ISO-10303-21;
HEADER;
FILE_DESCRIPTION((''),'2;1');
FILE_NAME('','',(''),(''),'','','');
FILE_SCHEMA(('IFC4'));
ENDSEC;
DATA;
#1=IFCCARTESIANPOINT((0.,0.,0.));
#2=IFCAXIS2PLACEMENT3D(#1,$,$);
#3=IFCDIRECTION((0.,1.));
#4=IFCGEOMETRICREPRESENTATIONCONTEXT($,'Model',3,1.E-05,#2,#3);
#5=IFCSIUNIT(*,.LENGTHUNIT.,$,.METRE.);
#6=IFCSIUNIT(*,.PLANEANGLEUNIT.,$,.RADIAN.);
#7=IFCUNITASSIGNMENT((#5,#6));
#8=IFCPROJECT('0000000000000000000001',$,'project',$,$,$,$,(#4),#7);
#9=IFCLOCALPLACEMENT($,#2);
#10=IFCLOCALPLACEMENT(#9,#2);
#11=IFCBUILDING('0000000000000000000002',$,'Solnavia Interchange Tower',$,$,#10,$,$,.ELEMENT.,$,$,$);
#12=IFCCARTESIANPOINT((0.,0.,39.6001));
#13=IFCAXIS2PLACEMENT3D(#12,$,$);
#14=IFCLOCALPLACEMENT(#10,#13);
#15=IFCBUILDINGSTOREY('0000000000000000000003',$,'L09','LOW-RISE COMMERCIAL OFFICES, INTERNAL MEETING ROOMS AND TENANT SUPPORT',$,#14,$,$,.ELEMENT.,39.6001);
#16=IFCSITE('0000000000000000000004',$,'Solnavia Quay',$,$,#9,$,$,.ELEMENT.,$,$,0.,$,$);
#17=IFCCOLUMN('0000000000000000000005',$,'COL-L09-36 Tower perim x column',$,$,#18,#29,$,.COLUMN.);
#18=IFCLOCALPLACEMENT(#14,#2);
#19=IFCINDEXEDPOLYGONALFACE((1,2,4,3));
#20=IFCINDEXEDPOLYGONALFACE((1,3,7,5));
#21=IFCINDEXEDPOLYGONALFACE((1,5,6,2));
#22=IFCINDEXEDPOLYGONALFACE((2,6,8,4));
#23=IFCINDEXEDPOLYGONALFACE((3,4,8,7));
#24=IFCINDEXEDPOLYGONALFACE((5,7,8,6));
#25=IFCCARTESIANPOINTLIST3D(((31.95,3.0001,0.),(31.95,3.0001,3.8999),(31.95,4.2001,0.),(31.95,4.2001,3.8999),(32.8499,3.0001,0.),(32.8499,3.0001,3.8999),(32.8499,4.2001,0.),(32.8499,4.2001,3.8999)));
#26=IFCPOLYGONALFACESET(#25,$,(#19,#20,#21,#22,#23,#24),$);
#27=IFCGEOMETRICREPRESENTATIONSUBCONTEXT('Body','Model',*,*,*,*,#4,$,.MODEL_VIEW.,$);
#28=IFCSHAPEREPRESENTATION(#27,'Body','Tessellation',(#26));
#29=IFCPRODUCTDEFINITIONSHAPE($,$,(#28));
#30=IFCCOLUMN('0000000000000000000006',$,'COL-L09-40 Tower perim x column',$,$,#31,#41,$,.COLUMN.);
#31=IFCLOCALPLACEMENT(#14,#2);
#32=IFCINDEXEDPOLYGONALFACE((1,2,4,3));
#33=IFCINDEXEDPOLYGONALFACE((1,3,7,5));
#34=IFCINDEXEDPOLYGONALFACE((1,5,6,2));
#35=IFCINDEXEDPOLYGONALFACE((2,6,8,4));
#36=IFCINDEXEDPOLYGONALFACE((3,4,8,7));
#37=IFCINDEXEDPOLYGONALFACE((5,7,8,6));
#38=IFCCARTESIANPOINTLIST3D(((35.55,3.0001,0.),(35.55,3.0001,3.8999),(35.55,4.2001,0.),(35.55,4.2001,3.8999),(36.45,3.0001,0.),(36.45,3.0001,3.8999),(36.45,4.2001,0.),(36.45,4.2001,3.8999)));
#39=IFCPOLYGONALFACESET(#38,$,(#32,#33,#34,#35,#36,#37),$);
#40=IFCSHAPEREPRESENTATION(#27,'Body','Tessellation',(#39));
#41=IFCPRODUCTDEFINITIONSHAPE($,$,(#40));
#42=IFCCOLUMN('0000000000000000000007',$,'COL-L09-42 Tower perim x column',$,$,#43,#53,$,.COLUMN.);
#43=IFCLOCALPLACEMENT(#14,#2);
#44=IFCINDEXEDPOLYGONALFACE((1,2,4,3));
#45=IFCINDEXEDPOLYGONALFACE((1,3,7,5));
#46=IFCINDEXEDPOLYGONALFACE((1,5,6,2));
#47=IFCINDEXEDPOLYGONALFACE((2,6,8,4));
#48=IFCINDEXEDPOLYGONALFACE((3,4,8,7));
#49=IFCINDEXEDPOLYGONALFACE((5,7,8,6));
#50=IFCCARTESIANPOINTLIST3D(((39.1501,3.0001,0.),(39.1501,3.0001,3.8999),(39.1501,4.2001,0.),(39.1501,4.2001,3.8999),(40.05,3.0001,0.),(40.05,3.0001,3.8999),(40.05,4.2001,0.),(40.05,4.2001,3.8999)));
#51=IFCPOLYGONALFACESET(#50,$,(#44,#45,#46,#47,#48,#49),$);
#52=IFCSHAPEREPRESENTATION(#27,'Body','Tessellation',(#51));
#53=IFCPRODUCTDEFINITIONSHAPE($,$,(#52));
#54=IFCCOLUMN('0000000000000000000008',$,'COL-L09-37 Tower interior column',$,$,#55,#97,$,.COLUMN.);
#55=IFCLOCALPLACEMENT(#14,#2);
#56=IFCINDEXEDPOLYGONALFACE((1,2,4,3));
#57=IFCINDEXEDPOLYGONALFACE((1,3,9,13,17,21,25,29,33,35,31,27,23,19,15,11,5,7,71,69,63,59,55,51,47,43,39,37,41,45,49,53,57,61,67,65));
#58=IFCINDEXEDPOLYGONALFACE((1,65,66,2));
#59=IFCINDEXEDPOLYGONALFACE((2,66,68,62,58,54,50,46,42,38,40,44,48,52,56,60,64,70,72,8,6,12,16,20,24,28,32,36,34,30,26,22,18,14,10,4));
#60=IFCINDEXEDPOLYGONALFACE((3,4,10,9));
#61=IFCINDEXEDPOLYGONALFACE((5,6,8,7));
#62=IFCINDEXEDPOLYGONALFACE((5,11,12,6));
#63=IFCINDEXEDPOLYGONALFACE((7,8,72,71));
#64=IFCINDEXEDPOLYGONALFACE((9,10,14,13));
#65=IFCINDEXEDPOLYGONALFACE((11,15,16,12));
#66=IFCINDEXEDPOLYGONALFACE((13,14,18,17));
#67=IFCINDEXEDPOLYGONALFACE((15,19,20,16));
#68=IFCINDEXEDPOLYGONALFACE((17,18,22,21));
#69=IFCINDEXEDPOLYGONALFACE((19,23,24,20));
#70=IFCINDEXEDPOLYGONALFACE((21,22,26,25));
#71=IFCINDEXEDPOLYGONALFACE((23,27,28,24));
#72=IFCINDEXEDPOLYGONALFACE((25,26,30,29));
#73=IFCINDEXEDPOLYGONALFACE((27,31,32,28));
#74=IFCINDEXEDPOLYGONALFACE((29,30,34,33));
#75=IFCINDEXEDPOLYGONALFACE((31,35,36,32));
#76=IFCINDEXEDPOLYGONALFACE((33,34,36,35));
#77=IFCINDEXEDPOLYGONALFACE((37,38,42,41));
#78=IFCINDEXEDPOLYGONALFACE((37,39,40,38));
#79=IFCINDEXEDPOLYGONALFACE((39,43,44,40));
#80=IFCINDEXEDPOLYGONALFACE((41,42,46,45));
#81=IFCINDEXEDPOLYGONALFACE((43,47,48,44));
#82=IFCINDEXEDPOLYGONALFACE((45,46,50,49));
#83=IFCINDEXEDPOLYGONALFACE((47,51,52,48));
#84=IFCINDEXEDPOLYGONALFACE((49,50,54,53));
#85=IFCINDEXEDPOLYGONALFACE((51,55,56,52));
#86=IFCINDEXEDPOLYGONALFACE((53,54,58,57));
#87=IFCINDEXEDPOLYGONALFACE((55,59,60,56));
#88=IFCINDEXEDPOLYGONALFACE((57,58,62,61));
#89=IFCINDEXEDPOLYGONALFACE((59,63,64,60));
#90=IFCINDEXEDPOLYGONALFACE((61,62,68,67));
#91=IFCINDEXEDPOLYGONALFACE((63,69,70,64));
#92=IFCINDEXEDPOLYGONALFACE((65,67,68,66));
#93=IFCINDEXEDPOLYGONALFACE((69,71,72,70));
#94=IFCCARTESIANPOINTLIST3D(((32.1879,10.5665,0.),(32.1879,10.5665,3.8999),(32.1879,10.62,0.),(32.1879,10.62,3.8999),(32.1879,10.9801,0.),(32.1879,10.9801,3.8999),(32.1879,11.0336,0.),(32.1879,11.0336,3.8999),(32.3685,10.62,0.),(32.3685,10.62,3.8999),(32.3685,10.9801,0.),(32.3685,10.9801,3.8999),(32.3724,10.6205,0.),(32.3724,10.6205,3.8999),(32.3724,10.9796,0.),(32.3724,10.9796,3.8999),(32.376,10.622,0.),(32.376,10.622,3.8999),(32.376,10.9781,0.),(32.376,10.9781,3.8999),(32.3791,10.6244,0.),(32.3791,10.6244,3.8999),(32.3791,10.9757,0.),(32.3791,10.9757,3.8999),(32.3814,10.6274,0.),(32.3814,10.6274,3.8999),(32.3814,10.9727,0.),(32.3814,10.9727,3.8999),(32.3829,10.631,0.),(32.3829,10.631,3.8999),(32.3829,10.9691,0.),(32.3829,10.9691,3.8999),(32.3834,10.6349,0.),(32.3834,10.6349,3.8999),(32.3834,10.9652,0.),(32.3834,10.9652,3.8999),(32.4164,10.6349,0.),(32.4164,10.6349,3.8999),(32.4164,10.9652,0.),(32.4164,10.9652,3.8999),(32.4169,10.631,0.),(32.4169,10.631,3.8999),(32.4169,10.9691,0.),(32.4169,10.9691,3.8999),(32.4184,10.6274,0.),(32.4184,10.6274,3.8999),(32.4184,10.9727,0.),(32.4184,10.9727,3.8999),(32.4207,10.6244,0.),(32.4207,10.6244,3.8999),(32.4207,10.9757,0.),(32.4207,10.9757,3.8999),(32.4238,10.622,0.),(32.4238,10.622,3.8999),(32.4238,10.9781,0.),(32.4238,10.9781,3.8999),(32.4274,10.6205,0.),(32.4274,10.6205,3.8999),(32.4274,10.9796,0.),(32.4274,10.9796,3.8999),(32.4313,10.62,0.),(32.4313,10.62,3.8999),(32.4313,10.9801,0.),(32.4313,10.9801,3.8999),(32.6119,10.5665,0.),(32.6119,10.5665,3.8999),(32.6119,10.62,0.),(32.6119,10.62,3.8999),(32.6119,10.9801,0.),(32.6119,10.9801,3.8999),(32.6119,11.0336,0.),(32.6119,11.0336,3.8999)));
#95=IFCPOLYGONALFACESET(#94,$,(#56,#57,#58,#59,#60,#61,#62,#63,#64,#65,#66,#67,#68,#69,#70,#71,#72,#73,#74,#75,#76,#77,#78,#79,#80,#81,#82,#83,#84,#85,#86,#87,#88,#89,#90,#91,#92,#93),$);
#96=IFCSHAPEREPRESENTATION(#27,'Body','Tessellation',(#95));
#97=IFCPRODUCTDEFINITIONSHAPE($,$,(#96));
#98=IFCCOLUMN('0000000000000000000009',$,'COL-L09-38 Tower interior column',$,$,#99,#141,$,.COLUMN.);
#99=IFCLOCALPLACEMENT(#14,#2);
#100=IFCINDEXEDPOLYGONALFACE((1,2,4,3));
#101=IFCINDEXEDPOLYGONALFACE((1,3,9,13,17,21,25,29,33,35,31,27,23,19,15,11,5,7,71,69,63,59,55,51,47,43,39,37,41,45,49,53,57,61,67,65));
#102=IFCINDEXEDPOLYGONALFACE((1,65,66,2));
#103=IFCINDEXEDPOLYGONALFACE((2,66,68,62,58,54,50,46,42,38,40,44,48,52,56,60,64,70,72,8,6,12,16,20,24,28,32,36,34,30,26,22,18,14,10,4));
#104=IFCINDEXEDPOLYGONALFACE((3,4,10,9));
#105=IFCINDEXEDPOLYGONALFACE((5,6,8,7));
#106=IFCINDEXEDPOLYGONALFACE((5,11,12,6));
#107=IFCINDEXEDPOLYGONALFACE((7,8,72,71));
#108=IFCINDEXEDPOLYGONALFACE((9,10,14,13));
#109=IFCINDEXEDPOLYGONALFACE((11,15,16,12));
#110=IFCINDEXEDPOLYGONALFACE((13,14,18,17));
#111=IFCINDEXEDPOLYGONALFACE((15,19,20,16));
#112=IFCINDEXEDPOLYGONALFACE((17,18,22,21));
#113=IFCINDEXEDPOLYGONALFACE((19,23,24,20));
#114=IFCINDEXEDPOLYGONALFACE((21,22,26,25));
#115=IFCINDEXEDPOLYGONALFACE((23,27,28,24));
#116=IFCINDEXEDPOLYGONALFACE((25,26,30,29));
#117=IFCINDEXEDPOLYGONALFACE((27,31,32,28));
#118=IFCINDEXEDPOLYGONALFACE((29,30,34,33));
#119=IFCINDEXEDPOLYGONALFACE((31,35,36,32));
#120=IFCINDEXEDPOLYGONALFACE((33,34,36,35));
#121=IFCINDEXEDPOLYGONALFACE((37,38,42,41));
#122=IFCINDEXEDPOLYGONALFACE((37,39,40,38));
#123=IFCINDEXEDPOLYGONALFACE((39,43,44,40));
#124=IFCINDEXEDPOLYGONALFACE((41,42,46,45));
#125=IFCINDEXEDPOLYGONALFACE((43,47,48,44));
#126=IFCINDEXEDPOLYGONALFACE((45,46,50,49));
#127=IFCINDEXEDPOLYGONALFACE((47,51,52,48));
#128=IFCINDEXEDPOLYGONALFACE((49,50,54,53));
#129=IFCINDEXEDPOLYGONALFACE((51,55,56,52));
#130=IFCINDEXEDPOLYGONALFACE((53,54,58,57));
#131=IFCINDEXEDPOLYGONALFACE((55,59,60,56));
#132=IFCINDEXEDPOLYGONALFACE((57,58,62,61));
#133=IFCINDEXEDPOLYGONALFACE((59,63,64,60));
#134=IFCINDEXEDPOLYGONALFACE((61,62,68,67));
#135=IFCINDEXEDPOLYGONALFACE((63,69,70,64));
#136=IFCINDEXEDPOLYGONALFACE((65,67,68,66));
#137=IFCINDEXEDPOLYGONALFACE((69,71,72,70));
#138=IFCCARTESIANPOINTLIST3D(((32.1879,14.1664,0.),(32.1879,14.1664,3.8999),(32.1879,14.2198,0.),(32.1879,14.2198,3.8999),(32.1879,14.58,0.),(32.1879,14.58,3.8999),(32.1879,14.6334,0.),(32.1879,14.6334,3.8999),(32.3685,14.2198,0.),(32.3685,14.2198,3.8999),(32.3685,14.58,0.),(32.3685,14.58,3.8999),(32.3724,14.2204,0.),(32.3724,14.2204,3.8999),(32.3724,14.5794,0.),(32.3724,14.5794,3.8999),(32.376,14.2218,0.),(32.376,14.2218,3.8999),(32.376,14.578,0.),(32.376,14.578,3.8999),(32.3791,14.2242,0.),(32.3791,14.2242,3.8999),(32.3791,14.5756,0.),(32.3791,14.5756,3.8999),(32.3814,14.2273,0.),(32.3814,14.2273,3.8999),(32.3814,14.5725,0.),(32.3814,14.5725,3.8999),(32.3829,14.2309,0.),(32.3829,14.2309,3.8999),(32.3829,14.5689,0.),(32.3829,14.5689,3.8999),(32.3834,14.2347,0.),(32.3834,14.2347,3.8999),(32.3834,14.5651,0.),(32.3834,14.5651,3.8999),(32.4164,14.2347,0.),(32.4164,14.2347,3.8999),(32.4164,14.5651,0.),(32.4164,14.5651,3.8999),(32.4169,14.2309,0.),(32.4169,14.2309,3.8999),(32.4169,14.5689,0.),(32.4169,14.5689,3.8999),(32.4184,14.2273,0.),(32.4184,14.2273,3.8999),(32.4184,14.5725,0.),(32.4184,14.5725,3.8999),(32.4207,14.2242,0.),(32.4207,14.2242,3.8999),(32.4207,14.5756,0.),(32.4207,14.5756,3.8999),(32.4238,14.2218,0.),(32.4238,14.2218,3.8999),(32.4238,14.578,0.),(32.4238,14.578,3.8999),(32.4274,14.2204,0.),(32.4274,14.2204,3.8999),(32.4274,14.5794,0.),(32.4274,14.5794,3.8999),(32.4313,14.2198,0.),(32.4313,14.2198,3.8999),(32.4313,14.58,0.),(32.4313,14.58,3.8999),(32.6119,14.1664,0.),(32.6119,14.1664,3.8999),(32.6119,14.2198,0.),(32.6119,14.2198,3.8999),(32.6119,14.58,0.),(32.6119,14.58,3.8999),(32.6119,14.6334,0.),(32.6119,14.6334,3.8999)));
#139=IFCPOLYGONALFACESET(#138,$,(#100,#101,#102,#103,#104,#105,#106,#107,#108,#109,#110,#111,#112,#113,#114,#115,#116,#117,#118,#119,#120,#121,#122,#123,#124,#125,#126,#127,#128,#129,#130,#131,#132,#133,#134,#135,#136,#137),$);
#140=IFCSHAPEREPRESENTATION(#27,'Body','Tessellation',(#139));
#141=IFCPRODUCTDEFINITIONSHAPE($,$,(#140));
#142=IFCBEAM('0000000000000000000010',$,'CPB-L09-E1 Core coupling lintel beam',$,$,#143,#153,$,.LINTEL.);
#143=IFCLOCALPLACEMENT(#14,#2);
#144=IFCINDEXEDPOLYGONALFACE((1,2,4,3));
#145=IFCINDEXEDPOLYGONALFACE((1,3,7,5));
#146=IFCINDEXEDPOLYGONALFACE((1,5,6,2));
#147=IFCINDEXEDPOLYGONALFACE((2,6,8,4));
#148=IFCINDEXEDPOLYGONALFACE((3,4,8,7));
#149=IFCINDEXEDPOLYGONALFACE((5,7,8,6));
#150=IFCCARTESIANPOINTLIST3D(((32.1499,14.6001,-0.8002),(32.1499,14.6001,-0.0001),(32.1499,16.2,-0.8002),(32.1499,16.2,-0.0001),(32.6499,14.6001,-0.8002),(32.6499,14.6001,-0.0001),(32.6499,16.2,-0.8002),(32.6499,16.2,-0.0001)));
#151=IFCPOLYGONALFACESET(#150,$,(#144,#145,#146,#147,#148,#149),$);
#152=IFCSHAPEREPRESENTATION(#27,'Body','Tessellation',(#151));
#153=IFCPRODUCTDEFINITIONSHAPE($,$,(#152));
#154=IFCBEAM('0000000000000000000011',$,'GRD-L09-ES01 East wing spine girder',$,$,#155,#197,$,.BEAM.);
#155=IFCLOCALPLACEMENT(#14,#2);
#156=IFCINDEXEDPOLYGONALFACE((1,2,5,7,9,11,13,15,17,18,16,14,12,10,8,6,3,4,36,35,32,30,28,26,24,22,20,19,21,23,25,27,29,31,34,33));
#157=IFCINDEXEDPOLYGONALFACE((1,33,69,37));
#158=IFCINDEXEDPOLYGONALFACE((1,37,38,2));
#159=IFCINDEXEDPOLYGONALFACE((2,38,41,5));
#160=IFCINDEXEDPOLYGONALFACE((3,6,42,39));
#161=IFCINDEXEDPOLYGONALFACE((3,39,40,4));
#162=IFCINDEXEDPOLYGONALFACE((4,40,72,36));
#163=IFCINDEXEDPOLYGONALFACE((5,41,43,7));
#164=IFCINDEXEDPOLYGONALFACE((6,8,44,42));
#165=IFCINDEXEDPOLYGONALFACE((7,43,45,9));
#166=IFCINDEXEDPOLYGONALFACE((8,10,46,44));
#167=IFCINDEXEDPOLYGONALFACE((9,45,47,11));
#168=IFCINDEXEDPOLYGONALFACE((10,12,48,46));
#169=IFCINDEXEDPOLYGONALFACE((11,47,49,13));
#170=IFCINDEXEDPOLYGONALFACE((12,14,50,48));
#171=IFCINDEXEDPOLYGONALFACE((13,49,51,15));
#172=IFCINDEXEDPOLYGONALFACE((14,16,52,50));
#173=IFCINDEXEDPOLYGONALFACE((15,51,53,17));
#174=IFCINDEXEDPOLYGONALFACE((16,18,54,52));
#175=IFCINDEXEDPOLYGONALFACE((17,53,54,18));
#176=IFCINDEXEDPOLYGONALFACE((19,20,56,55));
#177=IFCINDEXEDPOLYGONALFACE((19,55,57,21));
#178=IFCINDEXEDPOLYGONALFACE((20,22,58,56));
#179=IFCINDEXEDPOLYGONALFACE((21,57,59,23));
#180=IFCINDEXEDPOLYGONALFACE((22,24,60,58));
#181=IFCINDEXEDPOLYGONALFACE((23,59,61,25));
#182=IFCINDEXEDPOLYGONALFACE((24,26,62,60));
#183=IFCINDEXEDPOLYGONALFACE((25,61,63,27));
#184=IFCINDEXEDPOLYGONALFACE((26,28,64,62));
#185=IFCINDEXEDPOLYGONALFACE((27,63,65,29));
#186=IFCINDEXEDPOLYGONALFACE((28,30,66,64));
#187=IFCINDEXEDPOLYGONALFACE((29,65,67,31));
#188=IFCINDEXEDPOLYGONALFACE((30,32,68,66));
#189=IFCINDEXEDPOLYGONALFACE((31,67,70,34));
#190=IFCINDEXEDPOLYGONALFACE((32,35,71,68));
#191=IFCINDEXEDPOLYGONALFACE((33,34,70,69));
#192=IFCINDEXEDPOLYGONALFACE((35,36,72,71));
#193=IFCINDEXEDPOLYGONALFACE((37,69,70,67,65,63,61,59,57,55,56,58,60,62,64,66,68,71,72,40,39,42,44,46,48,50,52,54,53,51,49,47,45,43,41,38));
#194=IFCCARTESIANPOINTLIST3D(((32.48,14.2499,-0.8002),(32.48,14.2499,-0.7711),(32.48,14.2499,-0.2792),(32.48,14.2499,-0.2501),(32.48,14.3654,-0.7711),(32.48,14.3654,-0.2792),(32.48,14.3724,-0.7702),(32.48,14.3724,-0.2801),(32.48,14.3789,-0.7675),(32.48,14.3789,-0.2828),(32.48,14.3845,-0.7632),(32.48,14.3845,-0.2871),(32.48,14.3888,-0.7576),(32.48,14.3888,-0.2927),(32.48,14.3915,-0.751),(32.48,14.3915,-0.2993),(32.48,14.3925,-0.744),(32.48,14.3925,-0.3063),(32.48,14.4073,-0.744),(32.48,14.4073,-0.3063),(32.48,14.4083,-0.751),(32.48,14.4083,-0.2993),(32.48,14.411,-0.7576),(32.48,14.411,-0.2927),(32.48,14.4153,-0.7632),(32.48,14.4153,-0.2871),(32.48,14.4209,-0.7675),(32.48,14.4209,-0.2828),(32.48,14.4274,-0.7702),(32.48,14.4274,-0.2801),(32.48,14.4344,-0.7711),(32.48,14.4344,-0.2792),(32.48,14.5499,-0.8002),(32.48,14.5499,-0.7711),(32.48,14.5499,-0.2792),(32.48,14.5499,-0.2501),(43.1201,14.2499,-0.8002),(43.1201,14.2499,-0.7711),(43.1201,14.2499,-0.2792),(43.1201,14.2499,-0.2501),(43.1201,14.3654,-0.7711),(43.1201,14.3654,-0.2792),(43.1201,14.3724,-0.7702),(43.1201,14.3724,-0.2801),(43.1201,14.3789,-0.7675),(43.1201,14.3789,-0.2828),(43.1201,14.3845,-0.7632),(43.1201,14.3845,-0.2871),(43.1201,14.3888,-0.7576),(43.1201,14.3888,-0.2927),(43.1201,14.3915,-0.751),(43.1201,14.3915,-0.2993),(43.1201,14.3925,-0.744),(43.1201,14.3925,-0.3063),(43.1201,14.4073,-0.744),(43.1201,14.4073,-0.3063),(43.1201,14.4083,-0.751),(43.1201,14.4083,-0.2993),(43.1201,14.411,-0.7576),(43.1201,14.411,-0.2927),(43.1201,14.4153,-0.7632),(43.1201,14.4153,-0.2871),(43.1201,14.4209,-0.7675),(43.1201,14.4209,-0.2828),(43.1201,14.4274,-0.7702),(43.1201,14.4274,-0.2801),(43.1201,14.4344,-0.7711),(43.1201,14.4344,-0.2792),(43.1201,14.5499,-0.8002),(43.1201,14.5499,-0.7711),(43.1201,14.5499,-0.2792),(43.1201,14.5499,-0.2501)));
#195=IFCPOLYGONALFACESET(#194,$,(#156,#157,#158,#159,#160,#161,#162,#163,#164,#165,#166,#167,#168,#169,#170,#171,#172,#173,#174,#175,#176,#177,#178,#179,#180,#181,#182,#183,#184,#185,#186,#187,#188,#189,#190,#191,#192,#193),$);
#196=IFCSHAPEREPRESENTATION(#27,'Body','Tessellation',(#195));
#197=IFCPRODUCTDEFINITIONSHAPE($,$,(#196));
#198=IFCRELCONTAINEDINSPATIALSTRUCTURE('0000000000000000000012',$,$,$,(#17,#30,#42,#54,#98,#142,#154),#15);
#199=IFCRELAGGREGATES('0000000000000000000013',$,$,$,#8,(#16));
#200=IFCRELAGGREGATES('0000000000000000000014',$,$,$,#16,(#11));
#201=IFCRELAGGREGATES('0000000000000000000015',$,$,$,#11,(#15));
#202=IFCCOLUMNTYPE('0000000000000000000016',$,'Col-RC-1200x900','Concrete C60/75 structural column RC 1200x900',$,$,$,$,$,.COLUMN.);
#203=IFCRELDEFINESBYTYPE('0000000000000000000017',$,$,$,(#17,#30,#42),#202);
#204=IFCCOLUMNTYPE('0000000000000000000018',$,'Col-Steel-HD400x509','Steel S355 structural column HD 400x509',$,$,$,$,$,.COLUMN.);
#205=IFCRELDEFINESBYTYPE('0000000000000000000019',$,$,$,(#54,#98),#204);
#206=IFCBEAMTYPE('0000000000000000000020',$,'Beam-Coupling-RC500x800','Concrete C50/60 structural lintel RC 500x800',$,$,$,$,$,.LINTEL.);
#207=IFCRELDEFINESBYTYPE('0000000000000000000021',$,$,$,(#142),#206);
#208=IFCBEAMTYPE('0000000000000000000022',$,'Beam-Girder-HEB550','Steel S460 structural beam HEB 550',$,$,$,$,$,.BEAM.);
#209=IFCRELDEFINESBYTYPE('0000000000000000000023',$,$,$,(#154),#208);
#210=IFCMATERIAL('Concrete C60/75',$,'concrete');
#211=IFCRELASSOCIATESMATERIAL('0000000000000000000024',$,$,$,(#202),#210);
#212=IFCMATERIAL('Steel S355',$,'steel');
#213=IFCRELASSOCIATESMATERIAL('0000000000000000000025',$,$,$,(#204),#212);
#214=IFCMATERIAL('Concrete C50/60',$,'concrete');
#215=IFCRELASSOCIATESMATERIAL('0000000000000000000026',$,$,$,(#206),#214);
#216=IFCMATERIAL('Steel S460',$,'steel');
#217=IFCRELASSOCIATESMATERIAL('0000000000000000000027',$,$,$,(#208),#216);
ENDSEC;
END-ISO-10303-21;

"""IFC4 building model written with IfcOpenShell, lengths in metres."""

from ifc_helpers import new_model, si_unit, direction, frame, origin, origin_2d, place, context, subcontext, project, spatial, rectangle, i_section, extrude, material, material_profile, profile_set, type_object, element, save


model = new_model("IFC4")

# Units and contexts
model_context = context("Model", 3, precision=1e-05, world=origin(), true_north=direction((0.0, 1.0)))
body_context = subcontext(model_context, "Body", "Model", "MODEL_VIEW")
ifc_project = project(units=[si_unit("LENGTHUNIT", "METRE"), si_unit("PLANEANGLEUNIT", "RADIAN")], contexts=[model_context])

# Site, building, storey
site_placement = place(None, origin())
site = spatial("IfcSite", under=ifc_project, at=site_placement, Name="Solnavia Quay", CompositionType="ELEMENT", RefElevation=0.0)
building_placement = place(site_placement, origin())
building = spatial("IfcBuilding", under=site, at=building_placement, Name="Solnavia Interchange Tower", CompositionType="ELEMENT")
storey_placement = place(building_placement, frame((0.0, 0.0, 39.6001)))
storey = spatial("IfcBuildingStorey", under=building, at=storey_placement, Name="L09", Description="LOW-RISE COMMERCIAL OFFICES, INTERNAL MEETING ROOMS AND TENANT SUPPORT", CompositionType="ELEMENT", Elevation=39.6001)

# Columns
ifc_material_1 = material(Name="Concrete C60/75", Category="concrete")
ifc_material_profile_1 = material_profile(ifc_material_1, rectangle(XDim=0.8999, YDim=1.2, at=origin_2d()), Name="RC 1200x900")
ifc_profile_set_1 = profile_set([ifc_material_profile_1], Name="Concrete C60/75")
column_type_1 = type_object("IfcColumnType", Name="Col-RC-1200x900", Description="Concrete C60/75 structural column RC 1200x900", PredefinedType="COLUMN", material=ifc_profile_set_1)
for number, where, z_axis, x_axis, name in (
    (1, (32.3999, 3.6001, 0.0), (0.0, 0.0, 1.0), (1.0, 0.0, 0.0), "COL-L09-36 Tower perim x column"),
    (2, (36.0, 3.6001, 0.0), (0.0, 0.0, 1.0), (1.0, 0.0, 0.0), "COL-L09-40 Tower perim x column"),
    (3, (39.6001, 3.6001, 0.0), (0.0, 0.0, 1.0), (1.0, 0.0, 0.0), "COL-L09-42 Tower perim x column"),
):
    element("IfcColumn", number, at=place(storey_placement, frame(where, z_axis=z_axis, x_axis=x_axis)), inside=storey, type_object=column_type_1, Name=name, PredefinedType="COLUMN", context=body_context, shape_type="SweptSolid", body=[
        extrude(rectangle(XDim=0.8999, YDim=1.2, at=origin_2d()), origin(), (0.0, 0.0, 1.0), 3.8999),
    ])
ifc_material_2 = material(Name="Steel S355", Category="steel")
ifc_material_profile_2 = material_profile(ifc_material_2, i_section(OverallWidth=0.4241, OverallDepth=0.467, WebThickness=0.033, FlangeThickness=0.0535, FilletRadius=0.0149, at=origin_2d()), Name="HD 400x509")
ifc_profile_set_2 = profile_set([ifc_material_profile_2], Name="Steel S355")
column_type_2 = type_object("IfcColumnType", Name="Col-Steel-HD400x509", Description="Steel S355 structural column HD 400x509", PredefinedType="COLUMN", material=ifc_profile_set_2)
for number, where, z_axis, x_axis, name in (
    (4, (32.3999, 10.8, 0.0), (0.0, 0.0, 1.0), (1.0, 0.0, 0.0), "COL-L09-37 Tower interior column"),
    (5, (32.3999, 14.3999, 0.0), (0.0, 0.0, 1.0), (1.0, 0.0, 0.0), "COL-L09-38 Tower interior column"),
):
    element("IfcColumn", number, at=place(storey_placement, frame(where, z_axis=z_axis, x_axis=x_axis)), inside=storey, type_object=column_type_2, Name=name, PredefinedType="COLUMN", context=body_context, shape_type="SweptSolid", body=[
        extrude(i_section(OverallWidth=0.4241, OverallDepth=0.467, WebThickness=0.033, FlangeThickness=0.0535, FilletRadius=0.0149, at=origin_2d()), origin(), (0.0, 0.0, 1.0), 3.8999),
    ])

# Beams
ifc_material_3 = material(Name="Concrete C50/60", Category="concrete")
ifc_material_profile_3 = material_profile(ifc_material_3, rectangle(XDim=0.5, YDim=0.8, at=origin_2d()), Name="RC 500x800")
ifc_profile_set_3 = profile_set([ifc_material_profile_3], Name="Concrete C50/60")
beam_type_1 = type_object("IfcBeamType", Name="Beam-Coupling-RC500x800", Description="Concrete C50/60 structural lintel RC 500x800", PredefinedType="LINTEL", material=ifc_profile_set_3)
beam_1_placement = place(storey_placement, frame((32.3999, 14.6001, -0.4001), z_axis=(0.0, 1.0, 0.0), x_axis=(-1.0, 0.0, 0.0)))
element("IfcBeam", 6, at=beam_1_placement, inside=storey, type_object=beam_type_1, Name="CPB-L09-E1 Core coupling lintel beam", PredefinedType="LINTEL", context=body_context, shape_type="SweptSolid", body=[
    extrude(rectangle(XDim=0.5, YDim=0.8, at=origin_2d()), origin(), (0.0, 0.0, 1.0), 1.5999),
])
ifc_material_4 = material(Name="Steel S460", Category="steel")
ifc_material_profile_4 = material_profile(ifc_material_4, i_section(OverallWidth=0.3, OverallDepth=0.55, WebThickness=0.0149, FlangeThickness=0.0291, FilletRadius=0.0271, at=origin_2d()), Name="HEB 550")
ifc_profile_set_4 = profile_set([ifc_material_profile_4], Name="Steel S460")
beam_type_2 = type_object("IfcBeamType", Name="Beam-Girder-HEB550", Description="Steel S460 structural beam HEB 550", PredefinedType="BEAM", material=ifc_profile_set_4)
beam_2_placement = place(storey_placement, frame((32.48, 14.3999, -0.5251), z_axis=(1.0, 0.0, 0.0), x_axis=(0.0, 1.0, 0.0)))
element("IfcBeam", 7, at=beam_2_placement, inside=storey, type_object=beam_type_2, Name="GRD-L09-ES01 East wing spine girder", PredefinedType="BEAM", context=body_context, shape_type="SweptSolid", body=[
    extrude(i_section(OverallWidth=0.3, OverallDepth=0.55, WebThickness=0.0149, FlangeThickness=0.0291, FilletRadius=0.0271, at=origin_2d()), origin(), (0.0, 0.0, 1.0), 10.6401),
])

save(model, "model.ifc")
